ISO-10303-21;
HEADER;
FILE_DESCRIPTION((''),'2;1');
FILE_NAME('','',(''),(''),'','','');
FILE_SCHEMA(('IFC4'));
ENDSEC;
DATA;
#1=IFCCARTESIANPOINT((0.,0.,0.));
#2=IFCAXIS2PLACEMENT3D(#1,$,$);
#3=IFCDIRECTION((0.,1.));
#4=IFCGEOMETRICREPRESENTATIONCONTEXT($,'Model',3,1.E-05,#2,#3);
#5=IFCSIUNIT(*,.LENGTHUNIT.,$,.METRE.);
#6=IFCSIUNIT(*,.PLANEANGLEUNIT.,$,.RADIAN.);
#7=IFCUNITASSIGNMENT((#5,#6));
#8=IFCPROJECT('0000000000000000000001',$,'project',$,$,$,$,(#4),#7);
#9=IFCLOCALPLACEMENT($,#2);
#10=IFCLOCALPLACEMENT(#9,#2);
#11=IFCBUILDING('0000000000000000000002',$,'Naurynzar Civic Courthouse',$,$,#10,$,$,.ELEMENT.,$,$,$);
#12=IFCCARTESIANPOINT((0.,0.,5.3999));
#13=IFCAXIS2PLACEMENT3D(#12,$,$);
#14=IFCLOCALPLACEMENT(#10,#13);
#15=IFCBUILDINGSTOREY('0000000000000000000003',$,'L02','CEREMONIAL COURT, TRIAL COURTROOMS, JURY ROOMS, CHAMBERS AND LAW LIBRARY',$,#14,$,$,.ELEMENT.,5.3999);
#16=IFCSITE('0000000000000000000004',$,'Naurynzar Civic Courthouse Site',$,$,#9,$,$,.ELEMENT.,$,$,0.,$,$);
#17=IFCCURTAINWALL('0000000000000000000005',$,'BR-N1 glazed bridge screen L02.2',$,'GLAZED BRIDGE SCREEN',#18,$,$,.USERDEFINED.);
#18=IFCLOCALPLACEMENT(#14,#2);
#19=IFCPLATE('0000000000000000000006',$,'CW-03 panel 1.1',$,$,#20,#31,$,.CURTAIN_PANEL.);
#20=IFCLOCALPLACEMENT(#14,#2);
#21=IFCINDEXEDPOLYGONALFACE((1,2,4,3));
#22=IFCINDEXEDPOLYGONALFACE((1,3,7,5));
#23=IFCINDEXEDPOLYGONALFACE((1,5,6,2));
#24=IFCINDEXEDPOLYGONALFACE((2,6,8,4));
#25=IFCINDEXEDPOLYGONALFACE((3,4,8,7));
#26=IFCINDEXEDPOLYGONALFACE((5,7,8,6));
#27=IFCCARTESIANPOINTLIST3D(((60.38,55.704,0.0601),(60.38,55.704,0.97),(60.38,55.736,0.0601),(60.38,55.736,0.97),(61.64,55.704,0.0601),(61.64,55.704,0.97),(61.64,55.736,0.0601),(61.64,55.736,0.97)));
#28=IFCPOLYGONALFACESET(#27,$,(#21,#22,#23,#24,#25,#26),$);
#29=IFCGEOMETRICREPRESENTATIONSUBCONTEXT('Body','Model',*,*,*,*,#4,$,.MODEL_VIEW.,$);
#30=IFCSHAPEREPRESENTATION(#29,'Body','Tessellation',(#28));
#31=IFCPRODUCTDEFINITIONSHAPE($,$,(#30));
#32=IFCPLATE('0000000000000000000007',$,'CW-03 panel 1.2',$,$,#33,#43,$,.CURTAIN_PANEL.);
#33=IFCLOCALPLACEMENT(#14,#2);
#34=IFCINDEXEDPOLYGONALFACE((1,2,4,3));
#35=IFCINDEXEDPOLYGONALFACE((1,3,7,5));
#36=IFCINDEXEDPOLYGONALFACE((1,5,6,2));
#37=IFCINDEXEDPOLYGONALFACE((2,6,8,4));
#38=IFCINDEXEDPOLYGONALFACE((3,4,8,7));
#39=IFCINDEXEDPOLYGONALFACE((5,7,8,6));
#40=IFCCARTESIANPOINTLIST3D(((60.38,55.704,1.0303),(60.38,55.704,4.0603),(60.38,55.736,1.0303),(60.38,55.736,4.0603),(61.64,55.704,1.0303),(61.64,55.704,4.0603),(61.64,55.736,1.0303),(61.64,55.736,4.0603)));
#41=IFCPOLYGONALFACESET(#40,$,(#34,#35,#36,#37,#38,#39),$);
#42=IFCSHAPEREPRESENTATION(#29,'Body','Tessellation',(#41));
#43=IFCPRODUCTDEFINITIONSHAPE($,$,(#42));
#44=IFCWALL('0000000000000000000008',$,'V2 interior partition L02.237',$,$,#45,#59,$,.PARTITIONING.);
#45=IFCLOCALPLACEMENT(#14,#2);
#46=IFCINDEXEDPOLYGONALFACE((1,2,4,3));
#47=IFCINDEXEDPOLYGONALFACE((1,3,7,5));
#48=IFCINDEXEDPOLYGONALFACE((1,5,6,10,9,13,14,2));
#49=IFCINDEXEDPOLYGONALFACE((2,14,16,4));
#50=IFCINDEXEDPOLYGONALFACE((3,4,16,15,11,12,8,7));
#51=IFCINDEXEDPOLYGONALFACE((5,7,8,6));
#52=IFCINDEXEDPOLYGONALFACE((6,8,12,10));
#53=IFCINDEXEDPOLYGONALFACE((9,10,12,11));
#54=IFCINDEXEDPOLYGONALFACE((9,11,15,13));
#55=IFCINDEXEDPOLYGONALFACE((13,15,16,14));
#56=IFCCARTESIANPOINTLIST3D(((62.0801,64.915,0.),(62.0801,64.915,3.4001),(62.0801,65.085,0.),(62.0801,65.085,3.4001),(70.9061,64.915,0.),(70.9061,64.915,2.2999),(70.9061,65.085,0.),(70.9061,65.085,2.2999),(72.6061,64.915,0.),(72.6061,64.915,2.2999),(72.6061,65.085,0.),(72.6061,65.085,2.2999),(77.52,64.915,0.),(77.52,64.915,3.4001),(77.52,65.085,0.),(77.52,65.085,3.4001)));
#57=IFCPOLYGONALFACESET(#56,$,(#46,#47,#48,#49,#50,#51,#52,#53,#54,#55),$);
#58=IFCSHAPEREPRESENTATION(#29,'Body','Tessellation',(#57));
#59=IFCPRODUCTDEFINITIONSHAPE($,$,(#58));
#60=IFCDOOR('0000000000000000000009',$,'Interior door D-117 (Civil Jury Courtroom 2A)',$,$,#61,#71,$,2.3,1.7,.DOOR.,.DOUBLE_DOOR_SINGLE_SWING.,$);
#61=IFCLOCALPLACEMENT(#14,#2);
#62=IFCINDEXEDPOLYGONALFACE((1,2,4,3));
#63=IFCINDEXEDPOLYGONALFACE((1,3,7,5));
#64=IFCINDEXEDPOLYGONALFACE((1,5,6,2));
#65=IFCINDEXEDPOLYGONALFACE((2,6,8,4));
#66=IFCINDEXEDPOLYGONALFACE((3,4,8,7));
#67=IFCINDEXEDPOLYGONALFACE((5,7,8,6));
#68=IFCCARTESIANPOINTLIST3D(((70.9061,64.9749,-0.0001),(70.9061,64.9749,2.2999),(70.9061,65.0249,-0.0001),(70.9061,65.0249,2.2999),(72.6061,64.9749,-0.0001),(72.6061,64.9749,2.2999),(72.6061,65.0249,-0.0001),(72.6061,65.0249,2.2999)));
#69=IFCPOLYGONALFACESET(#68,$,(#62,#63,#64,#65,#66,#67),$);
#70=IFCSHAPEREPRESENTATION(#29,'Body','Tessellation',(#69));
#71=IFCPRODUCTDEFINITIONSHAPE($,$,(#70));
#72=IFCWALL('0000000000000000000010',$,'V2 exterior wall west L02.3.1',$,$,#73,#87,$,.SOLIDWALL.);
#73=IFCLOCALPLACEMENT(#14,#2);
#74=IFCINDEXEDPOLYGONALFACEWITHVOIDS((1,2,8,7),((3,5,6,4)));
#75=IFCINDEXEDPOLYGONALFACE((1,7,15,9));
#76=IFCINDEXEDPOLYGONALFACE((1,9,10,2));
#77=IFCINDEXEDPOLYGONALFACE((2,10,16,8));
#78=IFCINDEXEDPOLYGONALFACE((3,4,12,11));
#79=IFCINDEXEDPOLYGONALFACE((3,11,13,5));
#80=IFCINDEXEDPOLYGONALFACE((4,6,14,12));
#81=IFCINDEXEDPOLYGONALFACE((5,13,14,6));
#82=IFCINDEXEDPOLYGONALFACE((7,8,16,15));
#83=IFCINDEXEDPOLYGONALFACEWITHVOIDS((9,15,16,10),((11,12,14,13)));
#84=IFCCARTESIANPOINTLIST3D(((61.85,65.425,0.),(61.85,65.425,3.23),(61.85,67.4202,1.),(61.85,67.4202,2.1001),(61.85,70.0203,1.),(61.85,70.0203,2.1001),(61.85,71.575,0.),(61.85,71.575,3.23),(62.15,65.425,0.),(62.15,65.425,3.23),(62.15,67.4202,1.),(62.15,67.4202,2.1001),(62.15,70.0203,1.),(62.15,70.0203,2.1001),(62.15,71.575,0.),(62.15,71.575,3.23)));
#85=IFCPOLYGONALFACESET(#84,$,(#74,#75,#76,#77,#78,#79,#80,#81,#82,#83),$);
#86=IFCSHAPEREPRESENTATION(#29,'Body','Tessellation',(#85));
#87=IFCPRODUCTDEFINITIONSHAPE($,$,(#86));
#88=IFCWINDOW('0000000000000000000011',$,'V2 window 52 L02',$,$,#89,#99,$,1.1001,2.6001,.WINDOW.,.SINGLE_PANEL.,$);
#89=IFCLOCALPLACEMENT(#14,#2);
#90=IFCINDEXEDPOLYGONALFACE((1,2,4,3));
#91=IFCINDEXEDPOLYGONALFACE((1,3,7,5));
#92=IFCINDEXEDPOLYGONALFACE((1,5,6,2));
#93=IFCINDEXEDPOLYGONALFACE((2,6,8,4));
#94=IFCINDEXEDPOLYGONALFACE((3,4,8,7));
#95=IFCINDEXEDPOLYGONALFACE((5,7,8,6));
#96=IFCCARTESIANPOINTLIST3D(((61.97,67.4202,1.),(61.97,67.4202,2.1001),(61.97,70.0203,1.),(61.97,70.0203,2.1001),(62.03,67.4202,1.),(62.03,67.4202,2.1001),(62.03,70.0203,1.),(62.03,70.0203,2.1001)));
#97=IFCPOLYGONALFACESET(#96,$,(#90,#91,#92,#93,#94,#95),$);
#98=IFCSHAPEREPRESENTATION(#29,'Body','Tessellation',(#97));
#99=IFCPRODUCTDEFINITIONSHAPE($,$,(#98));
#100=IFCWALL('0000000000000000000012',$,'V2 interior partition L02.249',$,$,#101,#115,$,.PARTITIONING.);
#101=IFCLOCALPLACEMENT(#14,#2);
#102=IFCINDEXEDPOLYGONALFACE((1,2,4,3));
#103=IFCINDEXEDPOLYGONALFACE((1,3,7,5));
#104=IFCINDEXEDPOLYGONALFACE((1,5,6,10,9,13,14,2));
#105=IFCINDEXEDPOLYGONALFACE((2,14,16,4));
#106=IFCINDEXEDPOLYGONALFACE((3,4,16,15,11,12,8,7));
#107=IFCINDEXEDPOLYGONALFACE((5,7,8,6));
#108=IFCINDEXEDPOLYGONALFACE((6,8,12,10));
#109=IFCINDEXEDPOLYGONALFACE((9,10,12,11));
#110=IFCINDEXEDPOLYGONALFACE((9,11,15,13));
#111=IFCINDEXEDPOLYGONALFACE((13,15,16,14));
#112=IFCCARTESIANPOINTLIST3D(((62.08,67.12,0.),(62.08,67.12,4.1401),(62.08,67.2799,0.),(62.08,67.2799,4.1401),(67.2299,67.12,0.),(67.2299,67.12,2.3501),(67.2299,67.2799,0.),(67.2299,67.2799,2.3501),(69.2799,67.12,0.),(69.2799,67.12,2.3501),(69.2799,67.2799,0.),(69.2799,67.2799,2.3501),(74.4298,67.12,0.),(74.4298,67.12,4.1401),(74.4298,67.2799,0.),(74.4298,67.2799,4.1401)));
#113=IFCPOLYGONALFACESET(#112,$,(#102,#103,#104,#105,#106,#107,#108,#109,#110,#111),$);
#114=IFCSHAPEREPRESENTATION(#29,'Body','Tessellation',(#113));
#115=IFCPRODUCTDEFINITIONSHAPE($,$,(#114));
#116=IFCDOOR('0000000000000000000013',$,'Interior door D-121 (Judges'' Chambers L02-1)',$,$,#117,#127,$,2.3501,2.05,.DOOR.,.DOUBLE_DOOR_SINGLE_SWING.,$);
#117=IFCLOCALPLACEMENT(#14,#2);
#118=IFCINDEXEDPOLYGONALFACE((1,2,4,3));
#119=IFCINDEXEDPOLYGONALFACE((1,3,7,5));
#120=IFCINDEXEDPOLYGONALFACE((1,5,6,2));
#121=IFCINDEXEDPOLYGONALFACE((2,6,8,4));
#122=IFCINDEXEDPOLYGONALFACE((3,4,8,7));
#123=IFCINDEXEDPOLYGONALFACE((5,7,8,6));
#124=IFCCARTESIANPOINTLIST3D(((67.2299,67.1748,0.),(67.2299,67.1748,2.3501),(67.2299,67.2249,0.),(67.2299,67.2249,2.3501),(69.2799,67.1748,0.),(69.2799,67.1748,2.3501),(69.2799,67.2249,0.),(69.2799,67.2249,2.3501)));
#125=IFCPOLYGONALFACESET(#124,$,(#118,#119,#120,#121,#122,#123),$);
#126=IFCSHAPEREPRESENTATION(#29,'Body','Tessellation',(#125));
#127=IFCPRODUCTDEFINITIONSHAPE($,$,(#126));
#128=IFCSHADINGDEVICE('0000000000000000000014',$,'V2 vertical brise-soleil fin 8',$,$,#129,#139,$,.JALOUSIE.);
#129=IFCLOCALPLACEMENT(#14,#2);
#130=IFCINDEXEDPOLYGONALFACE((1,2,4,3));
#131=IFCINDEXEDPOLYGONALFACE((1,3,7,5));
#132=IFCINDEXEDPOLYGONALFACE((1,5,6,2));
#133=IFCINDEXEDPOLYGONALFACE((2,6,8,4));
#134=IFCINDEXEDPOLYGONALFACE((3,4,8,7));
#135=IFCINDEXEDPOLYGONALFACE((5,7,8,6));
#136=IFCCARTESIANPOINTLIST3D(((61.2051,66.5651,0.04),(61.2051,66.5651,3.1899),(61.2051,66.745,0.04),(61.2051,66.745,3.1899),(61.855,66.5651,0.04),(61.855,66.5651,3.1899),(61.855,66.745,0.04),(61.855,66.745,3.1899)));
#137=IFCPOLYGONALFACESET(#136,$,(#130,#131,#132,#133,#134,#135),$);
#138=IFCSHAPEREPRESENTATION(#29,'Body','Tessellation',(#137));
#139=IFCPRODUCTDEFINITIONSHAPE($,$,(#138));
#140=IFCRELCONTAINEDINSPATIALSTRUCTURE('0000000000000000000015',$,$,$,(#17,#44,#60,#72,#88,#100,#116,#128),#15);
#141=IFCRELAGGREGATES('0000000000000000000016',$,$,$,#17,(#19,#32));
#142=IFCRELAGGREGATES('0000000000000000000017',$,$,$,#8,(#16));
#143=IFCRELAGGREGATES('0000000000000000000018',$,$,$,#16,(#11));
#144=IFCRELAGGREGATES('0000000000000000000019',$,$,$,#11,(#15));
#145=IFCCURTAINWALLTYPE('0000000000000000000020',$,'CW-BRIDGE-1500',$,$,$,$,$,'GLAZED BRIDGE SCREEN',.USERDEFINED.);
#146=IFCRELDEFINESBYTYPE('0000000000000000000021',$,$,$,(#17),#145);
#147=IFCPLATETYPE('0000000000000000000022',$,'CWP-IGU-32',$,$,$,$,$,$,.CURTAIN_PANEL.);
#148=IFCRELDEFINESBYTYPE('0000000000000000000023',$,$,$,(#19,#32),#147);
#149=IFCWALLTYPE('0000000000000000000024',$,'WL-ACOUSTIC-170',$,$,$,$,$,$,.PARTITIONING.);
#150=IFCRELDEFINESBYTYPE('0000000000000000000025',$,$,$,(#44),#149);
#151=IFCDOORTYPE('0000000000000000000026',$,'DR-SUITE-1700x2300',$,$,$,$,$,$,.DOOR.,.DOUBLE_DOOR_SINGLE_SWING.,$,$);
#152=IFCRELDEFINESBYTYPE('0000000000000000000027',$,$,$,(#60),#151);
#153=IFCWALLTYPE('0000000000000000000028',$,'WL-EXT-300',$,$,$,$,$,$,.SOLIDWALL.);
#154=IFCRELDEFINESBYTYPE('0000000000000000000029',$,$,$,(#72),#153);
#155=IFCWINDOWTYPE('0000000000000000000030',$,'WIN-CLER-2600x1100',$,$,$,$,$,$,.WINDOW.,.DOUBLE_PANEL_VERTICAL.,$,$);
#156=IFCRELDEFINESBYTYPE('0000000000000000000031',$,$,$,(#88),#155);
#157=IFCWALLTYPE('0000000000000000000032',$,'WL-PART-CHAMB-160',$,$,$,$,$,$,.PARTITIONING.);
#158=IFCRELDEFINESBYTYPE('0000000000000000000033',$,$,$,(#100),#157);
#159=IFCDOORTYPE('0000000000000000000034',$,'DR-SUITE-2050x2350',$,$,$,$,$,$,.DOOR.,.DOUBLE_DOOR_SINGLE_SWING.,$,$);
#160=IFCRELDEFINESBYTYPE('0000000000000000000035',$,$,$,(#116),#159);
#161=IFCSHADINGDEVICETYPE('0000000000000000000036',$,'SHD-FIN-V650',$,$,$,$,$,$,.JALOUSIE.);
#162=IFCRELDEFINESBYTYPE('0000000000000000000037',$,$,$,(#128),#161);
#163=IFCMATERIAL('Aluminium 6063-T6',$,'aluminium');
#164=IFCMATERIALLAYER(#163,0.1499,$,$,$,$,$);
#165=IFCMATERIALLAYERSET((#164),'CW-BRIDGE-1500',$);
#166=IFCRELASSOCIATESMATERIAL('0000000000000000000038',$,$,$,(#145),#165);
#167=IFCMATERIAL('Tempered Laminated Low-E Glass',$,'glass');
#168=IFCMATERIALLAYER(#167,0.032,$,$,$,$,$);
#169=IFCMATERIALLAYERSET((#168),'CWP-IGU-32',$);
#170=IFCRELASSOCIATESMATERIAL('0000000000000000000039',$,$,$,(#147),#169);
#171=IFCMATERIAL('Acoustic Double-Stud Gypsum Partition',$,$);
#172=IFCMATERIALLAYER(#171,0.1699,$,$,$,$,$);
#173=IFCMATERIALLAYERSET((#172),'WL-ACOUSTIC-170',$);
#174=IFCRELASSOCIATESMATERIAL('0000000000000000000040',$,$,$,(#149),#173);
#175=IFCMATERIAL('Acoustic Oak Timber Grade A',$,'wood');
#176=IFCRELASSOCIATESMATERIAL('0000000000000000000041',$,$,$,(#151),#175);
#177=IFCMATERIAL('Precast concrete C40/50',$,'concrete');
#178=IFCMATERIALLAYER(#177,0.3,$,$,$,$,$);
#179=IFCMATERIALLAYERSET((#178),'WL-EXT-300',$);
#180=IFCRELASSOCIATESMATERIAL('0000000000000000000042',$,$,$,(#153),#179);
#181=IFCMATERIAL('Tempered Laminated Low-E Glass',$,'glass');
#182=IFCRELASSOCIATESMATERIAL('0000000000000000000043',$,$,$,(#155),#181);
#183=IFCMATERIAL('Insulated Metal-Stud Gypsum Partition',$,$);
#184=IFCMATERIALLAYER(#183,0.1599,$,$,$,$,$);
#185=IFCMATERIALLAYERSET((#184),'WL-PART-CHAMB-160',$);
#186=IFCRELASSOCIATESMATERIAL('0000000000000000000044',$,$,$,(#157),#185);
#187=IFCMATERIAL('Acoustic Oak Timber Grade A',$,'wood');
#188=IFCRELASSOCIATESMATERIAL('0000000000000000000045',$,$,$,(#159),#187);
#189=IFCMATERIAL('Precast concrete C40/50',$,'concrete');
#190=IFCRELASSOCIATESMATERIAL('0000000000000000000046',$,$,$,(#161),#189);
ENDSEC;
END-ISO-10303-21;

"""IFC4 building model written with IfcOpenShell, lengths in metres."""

from ifc_helpers import new_model, si_unit, direction, frame, frame_2d, origin, origin_2d, place, context, subcontext, project, spatial, rectangle, extrude, material, layer, layer_set, type_object, element, fill, aggregate, save


model = new_model("IFC4")

# Units and contexts
model_context = context("Model", 3, precision=1e-05, world=origin(), true_north=direction((0.0, 1.0)))
body_context = subcontext(model_context, "Body", "Model", "MODEL_VIEW")
ifc_project = project(units=[si_unit("LENGTHUNIT", "METRE"), si_unit("PLANEANGLEUNIT", "RADIAN")], contexts=[model_context])

# Site, building, storey
site_placement = place(None, origin())
site = spatial("IfcSite", under=ifc_project, at=site_placement, Name="Naurynzar Civic Courthouse Site", CompositionType="ELEMENT", RefElevation=0.0)
building_placement = place(site_placement, origin())
building = spatial("IfcBuilding", under=site, at=building_placement, Name="Naurynzar Civic Courthouse", CompositionType="ELEMENT")
storey_placement = place(building_placement, frame((0.0, 0.0, 5.3999)))
storey = spatial("IfcBuildingStorey", under=building, at=storey_placement, Name="L02", Description="CEREMONIAL COURT, TRIAL COURTROOMS, JURY ROOMS, CHAMBERS AND LAW LIBRARY", CompositionType="ELEMENT", Elevation=5.3999)

# Curtain wall, plates
ifc_material_1 = material(Name="Aluminium 6063-T6", Category="aluminium")
ifc_layer_1 = layer(ifc_material_1, 0.1499)
ifc_layer_set_1 = layer_set([ifc_layer_1], Name="CW-BRIDGE-1500")
curtain_wall_type = type_object("IfcCurtainWallType", Name="CW-BRIDGE-1500", ElementType="GLAZED BRIDGE SCREEN", PredefinedType="USERDEFINED", material=ifc_layer_set_1)
curtain_wall_placement = place(storey_placement, origin())
curtain_wall = element("IfcCurtainWall", 1, at=curtain_wall_placement, inside=storey, type_object=curtain_wall_type, Name="BR-N1 glazed bridge screen L02.2", ObjectType="GLAZED BRIDGE SCREEN", PredefinedType="USERDEFINED")
ifc_material_2 = material(Name="Tempered Laminated Low-E Glass", Category="glass")
ifc_layer_2 = layer(ifc_material_2, 0.032)
ifc_layer_set_2 = layer_set([ifc_layer_2], Name="CWP-IGU-32")
plate_type = type_object("IfcPlateType", Name="CWP-IGU-32", PredefinedType="CURTAIN_PANEL", material=ifc_layer_set_2)
plate_1_placement = place(storey_placement, frame((61.01, 55.72, 0.0601), z_axis=(0.0, 0.0, 1.0), x_axis=(-1.0, 0.0, 0.0)))
plate_1 = element("IfcPlate", 2, at=plate_1_placement, type_object=plate_type, Name="CW-03 panel 1.1", PredefinedType="CURTAIN_PANEL", context=body_context, shape_type="SweptSolid", body=[
    extrude(rectangle(XDim=1.26, YDim=0.032, at=origin_2d()), origin(), (0.0, 0.0, 1.0), 0.9099),
])
plate_2_placement = place(storey_placement, frame((61.01, 55.72, 1.0303), z_axis=(0.0, 0.0, 1.0), x_axis=(-1.0, 0.0, 0.0)))
plate_2 = element("IfcPlate", 3, at=plate_2_placement, type_object=plate_type, Name="CW-03 panel 1.2", PredefinedType="CURTAIN_PANEL", context=body_context, shape_type="SweptSolid", body=[
    extrude(rectangle(XDim=1.26, YDim=0.032, at=origin_2d()), origin(), (0.0, 0.0, 1.0), 3.03),
])
aggregate(curtain_wall, [plate_1, plate_2])

# Wall, opening, door
ifc_material_3 = material(Name="Acoustic Double-Stud Gypsum Partition")
ifc_layer_3 = layer(ifc_material_3, 0.1699)
ifc_layer_set_3 = layer_set([ifc_layer_3], Name="WL-ACOUSTIC-170")
wall_type_1 = type_object("IfcWallType", Name="WL-ACOUSTIC-170", PredefinedType="PARTITIONING", material=ifc_layer_set_3)
wall_1_placement = place(storey_placement, frame((62.0801, 65.0, 0.0), z_axis=(0.0, 0.0, 1.0), x_axis=(1.0, 0.0, 0.0)))
wall_1 = element("IfcWall", 4, at=wall_1_placement, inside=storey, type_object=wall_type_1, Name="V2 interior partition L02.237", PredefinedType="PARTITIONING", context=body_context, shape_type="SweptSolid", body=[
    extrude(rectangle(XDim=15.4399, YDim=0.1699, at=frame_2d((7.72, 0.0))), origin(), (0.0, 0.0, 1.0), 3.4001),
])
opening_1_placement = place(wall_1_placement, frame((8.8259, 0.0, 0.0)))
opening_1 = element("IfcOpeningElement", 5, at=opening_1_placement, cuts=wall_1, PredefinedType="OPENING", context=body_context, shape_type="SweptSolid", body=[
    extrude(rectangle(XDim=1.7, YDim=2.3, at=frame_2d((0.8501, 1.1499))), frame((0.0, 0.095, 0.0), z_axis=(0.0, -1.0, 0.0), x_axis=(1.0, 0.0, 0.0)), (0.0, 0.0, 1.0), 0.1899),
])
ifc_material_4 = material(Name="Acoustic Oak Timber Grade A", Category="wood")
door_type_1 = type_object("IfcDoorType", Name="DR-SUITE-1700x2300", OperationType="DOUBLE_DOOR_SINGLE_SWING", PredefinedType="DOOR", material=ifc_material_4)
door_1_placement = place(opening_1_placement, origin())
door_1 = element("IfcDoor", 6, at=door_1_placement, inside=storey, type_object=door_type_1, Name="Interior door D-117 (Civil Jury Courtroom 2A)", OperationType="DOUBLE_DOOR_SINGLE_SWING", OverallHeight=2.3, OverallWidth=1.7, PredefinedType="DOOR", context=body_context, shape_type="SweptSolid", body=[
    extrude(rectangle(XDim=1.7, YDim=2.3, at=frame_2d((0.8501, 1.1499))), frame((0.0, 0.0249, 0.0), z_axis=(0.0, -1.0, 0.0), x_axis=(1.0, 0.0, 0.0)), (0.0, 0.0, 1.0), 0.05),
])
fill(opening_1, door_1)

# Wall, opening, window
ifc_material_5 = material(Name="Precast concrete C40/50", Category="concrete")
ifc_layer_4 = layer(ifc_material_5, 0.3)
ifc_layer_set_4 = layer_set([ifc_layer_4], Name="WL-EXT-300")
wall_type_2 = type_object("IfcWallType", Name="WL-EXT-300", PredefinedType="SOLIDWALL", material=ifc_layer_set_4)
wall_2_placement = place(storey_placement, frame((62.0, 65.425, 0.0), z_axis=(0.0, 0.0, 1.0), x_axis=(0.0, 1.0, 0.0)))
wall_2 = element("IfcWall", 7, at=wall_2_placement, inside=storey, type_object=wall_type_2, Name="V2 exterior wall west L02.3.1", PredefinedType="SOLIDWALL", context=body_context, shape_type="SweptSolid", body=[
    extrude(rectangle(XDim=6.1499, YDim=0.3, at=frame_2d((3.075, 0.0))), origin(), (0.0, 0.0, 1.0), 3.23),
])
opening_2_placement = place(wall_2_placement, frame((1.9951, 0.0, 1.0)))
opening_2 = element("IfcOpeningElement", 8, at=opening_2_placement, cuts=wall_2, PredefinedType="OPENING", context=body_context, shape_type="SweptSolid", body=[
    extrude(rectangle(XDim=2.6001, YDim=1.1001, at=frame_2d((1.3, 0.55))), frame((0.0, 0.1599, 0.0), z_axis=(0.0, -1.0, 0.0), x_axis=(1.0, 0.0, 0.0)), (0.0, 0.0, 1.0), 0.3201),
])
ifc_material_6 = material(Name="Tempered Laminated Low-E Glass", Category="glass")
window_type = type_object("IfcWindowType", Name="WIN-CLER-2600x1100", PartitioningType="DOUBLE_PANEL_VERTICAL", PredefinedType="WINDOW", material=ifc_material_6)
window_placement = place(opening_2_placement, origin())
window = element("IfcWindow", 9, at=window_placement, inside=storey, type_object=window_type, Name="V2 window 52 L02", OverallHeight=1.1001, OverallWidth=2.6001, PartitioningType="SINGLE_PANEL", PredefinedType="WINDOW", context=body_context, shape_type="SweptSolid", body=[
    extrude(rectangle(XDim=2.6001, YDim=1.1001, at=frame_2d((1.3, 0.55))), frame((0.0, 0.03, 0.0), z_axis=(0.0, -1.0, 0.0), x_axis=(1.0, 0.0, 0.0)), (0.0, 0.0, 1.0), 0.0601),
])
fill(opening_2, window)

# Wall, opening, door
ifc_material_7 = material(Name="Insulated Metal-Stud Gypsum Partition")
ifc_layer_5 = layer(ifc_material_7, 0.1599)
ifc_layer_set_5 = layer_set([ifc_layer_5], Name="WL-PART-CHAMB-160")
wall_type_3 = type_object("IfcWallType", Name="WL-PART-CHAMB-160", PredefinedType="PARTITIONING", material=ifc_layer_set_5)
wall_3_placement = place(storey_placement, frame((62.0801, 67.2, 0.0), z_axis=(0.0, 0.0, 1.0), x_axis=(1.0, 0.0, 0.0)))
wall_3 = element("IfcWall", 10, at=wall_3_placement, inside=storey, type_object=wall_type_3, Name="V2 interior partition L02.249", PredefinedType="PARTITIONING", context=body_context, shape_type="SweptSolid", body=[
    extrude(rectangle(XDim=12.3499, YDim=0.1599, at=frame_2d((6.1748, 0.0))), origin(), (0.0, 0.0, 1.0), 4.1401),
])
opening_3_placement = place(wall_3_placement, frame((5.1499, 0.0, 0.0)))
opening_3 = element("IfcOpeningElement", 11, at=opening_3_placement, cuts=wall_3, PredefinedType="OPENING", context=body_context, shape_type="SweptSolid", body=[
    extrude(rectangle(XDim=2.05, YDim=2.3501, at=frame_2d((1.0249, 1.175))), frame((0.0, 0.0898, 0.0), z_axis=(0.0, -1.0, 0.0), x_axis=(1.0, 0.0, 0.0)), (0.0, 0.0, 1.0), 0.1799),
])
ifc_material_8 = material(Name="Acoustic Oak Timber Grade A", Category="wood")
door_type_2 = type_object("IfcDoorType", Name="DR-SUITE-2050x2350", OperationType="DOUBLE_DOOR_SINGLE_SWING", PredefinedType="DOOR", material=ifc_material_8)
door_2_placement = place(opening_3_placement, origin())
door_2 = element("IfcDoor", 12, at=door_2_placement, inside=storey, type_object=door_type_2, Name="Interior door D-121 (Judges' Chambers L02-1)", OperationType="DOUBLE_DOOR_SINGLE_SWING", OverallHeight=2.3501, OverallWidth=2.05, PredefinedType="DOOR", context=body_context, shape_type="SweptSolid", body=[
    extrude(rectangle(XDim=2.05, YDim=2.3501, at=frame_2d((1.0249, 1.175))), frame((0.0, 0.0249, 0.0), z_axis=(0.0, -1.0, 0.0), x_axis=(1.0, 0.0, 0.0)), (0.0, 0.0, 1.0), 0.05),
])
fill(opening_3, door_2)

# Shading device
ifc_material_9 = material(Name="Precast concrete C40/50", Category="concrete")
shading_device_type = type_object("IfcShadingDeviceType", Name="SHD-FIN-V650", PredefinedType="JALOUSIE", material=ifc_material_9)
shading_device_placement = place(storey_placement, frame((61.53, 66.655, 0.04), z_axis=(0.0, 0.0, 1.0), x_axis=(0.0, 1.0, 0.0)))
element("IfcShadingDevice", 13, at=shading_device_placement, inside=storey, type_object=shading_device_type, Name="V2 vertical brise-soleil fin 8", PredefinedType="JALOUSIE", context=body_context, shape_type="SweptSolid", body=[
    extrude(rectangle(XDim=0.1799, YDim=0.6499, at=origin_2d()), origin(), (0.0, 0.0, 1.0), 3.1499),
])

save(model, "model.ifc")
